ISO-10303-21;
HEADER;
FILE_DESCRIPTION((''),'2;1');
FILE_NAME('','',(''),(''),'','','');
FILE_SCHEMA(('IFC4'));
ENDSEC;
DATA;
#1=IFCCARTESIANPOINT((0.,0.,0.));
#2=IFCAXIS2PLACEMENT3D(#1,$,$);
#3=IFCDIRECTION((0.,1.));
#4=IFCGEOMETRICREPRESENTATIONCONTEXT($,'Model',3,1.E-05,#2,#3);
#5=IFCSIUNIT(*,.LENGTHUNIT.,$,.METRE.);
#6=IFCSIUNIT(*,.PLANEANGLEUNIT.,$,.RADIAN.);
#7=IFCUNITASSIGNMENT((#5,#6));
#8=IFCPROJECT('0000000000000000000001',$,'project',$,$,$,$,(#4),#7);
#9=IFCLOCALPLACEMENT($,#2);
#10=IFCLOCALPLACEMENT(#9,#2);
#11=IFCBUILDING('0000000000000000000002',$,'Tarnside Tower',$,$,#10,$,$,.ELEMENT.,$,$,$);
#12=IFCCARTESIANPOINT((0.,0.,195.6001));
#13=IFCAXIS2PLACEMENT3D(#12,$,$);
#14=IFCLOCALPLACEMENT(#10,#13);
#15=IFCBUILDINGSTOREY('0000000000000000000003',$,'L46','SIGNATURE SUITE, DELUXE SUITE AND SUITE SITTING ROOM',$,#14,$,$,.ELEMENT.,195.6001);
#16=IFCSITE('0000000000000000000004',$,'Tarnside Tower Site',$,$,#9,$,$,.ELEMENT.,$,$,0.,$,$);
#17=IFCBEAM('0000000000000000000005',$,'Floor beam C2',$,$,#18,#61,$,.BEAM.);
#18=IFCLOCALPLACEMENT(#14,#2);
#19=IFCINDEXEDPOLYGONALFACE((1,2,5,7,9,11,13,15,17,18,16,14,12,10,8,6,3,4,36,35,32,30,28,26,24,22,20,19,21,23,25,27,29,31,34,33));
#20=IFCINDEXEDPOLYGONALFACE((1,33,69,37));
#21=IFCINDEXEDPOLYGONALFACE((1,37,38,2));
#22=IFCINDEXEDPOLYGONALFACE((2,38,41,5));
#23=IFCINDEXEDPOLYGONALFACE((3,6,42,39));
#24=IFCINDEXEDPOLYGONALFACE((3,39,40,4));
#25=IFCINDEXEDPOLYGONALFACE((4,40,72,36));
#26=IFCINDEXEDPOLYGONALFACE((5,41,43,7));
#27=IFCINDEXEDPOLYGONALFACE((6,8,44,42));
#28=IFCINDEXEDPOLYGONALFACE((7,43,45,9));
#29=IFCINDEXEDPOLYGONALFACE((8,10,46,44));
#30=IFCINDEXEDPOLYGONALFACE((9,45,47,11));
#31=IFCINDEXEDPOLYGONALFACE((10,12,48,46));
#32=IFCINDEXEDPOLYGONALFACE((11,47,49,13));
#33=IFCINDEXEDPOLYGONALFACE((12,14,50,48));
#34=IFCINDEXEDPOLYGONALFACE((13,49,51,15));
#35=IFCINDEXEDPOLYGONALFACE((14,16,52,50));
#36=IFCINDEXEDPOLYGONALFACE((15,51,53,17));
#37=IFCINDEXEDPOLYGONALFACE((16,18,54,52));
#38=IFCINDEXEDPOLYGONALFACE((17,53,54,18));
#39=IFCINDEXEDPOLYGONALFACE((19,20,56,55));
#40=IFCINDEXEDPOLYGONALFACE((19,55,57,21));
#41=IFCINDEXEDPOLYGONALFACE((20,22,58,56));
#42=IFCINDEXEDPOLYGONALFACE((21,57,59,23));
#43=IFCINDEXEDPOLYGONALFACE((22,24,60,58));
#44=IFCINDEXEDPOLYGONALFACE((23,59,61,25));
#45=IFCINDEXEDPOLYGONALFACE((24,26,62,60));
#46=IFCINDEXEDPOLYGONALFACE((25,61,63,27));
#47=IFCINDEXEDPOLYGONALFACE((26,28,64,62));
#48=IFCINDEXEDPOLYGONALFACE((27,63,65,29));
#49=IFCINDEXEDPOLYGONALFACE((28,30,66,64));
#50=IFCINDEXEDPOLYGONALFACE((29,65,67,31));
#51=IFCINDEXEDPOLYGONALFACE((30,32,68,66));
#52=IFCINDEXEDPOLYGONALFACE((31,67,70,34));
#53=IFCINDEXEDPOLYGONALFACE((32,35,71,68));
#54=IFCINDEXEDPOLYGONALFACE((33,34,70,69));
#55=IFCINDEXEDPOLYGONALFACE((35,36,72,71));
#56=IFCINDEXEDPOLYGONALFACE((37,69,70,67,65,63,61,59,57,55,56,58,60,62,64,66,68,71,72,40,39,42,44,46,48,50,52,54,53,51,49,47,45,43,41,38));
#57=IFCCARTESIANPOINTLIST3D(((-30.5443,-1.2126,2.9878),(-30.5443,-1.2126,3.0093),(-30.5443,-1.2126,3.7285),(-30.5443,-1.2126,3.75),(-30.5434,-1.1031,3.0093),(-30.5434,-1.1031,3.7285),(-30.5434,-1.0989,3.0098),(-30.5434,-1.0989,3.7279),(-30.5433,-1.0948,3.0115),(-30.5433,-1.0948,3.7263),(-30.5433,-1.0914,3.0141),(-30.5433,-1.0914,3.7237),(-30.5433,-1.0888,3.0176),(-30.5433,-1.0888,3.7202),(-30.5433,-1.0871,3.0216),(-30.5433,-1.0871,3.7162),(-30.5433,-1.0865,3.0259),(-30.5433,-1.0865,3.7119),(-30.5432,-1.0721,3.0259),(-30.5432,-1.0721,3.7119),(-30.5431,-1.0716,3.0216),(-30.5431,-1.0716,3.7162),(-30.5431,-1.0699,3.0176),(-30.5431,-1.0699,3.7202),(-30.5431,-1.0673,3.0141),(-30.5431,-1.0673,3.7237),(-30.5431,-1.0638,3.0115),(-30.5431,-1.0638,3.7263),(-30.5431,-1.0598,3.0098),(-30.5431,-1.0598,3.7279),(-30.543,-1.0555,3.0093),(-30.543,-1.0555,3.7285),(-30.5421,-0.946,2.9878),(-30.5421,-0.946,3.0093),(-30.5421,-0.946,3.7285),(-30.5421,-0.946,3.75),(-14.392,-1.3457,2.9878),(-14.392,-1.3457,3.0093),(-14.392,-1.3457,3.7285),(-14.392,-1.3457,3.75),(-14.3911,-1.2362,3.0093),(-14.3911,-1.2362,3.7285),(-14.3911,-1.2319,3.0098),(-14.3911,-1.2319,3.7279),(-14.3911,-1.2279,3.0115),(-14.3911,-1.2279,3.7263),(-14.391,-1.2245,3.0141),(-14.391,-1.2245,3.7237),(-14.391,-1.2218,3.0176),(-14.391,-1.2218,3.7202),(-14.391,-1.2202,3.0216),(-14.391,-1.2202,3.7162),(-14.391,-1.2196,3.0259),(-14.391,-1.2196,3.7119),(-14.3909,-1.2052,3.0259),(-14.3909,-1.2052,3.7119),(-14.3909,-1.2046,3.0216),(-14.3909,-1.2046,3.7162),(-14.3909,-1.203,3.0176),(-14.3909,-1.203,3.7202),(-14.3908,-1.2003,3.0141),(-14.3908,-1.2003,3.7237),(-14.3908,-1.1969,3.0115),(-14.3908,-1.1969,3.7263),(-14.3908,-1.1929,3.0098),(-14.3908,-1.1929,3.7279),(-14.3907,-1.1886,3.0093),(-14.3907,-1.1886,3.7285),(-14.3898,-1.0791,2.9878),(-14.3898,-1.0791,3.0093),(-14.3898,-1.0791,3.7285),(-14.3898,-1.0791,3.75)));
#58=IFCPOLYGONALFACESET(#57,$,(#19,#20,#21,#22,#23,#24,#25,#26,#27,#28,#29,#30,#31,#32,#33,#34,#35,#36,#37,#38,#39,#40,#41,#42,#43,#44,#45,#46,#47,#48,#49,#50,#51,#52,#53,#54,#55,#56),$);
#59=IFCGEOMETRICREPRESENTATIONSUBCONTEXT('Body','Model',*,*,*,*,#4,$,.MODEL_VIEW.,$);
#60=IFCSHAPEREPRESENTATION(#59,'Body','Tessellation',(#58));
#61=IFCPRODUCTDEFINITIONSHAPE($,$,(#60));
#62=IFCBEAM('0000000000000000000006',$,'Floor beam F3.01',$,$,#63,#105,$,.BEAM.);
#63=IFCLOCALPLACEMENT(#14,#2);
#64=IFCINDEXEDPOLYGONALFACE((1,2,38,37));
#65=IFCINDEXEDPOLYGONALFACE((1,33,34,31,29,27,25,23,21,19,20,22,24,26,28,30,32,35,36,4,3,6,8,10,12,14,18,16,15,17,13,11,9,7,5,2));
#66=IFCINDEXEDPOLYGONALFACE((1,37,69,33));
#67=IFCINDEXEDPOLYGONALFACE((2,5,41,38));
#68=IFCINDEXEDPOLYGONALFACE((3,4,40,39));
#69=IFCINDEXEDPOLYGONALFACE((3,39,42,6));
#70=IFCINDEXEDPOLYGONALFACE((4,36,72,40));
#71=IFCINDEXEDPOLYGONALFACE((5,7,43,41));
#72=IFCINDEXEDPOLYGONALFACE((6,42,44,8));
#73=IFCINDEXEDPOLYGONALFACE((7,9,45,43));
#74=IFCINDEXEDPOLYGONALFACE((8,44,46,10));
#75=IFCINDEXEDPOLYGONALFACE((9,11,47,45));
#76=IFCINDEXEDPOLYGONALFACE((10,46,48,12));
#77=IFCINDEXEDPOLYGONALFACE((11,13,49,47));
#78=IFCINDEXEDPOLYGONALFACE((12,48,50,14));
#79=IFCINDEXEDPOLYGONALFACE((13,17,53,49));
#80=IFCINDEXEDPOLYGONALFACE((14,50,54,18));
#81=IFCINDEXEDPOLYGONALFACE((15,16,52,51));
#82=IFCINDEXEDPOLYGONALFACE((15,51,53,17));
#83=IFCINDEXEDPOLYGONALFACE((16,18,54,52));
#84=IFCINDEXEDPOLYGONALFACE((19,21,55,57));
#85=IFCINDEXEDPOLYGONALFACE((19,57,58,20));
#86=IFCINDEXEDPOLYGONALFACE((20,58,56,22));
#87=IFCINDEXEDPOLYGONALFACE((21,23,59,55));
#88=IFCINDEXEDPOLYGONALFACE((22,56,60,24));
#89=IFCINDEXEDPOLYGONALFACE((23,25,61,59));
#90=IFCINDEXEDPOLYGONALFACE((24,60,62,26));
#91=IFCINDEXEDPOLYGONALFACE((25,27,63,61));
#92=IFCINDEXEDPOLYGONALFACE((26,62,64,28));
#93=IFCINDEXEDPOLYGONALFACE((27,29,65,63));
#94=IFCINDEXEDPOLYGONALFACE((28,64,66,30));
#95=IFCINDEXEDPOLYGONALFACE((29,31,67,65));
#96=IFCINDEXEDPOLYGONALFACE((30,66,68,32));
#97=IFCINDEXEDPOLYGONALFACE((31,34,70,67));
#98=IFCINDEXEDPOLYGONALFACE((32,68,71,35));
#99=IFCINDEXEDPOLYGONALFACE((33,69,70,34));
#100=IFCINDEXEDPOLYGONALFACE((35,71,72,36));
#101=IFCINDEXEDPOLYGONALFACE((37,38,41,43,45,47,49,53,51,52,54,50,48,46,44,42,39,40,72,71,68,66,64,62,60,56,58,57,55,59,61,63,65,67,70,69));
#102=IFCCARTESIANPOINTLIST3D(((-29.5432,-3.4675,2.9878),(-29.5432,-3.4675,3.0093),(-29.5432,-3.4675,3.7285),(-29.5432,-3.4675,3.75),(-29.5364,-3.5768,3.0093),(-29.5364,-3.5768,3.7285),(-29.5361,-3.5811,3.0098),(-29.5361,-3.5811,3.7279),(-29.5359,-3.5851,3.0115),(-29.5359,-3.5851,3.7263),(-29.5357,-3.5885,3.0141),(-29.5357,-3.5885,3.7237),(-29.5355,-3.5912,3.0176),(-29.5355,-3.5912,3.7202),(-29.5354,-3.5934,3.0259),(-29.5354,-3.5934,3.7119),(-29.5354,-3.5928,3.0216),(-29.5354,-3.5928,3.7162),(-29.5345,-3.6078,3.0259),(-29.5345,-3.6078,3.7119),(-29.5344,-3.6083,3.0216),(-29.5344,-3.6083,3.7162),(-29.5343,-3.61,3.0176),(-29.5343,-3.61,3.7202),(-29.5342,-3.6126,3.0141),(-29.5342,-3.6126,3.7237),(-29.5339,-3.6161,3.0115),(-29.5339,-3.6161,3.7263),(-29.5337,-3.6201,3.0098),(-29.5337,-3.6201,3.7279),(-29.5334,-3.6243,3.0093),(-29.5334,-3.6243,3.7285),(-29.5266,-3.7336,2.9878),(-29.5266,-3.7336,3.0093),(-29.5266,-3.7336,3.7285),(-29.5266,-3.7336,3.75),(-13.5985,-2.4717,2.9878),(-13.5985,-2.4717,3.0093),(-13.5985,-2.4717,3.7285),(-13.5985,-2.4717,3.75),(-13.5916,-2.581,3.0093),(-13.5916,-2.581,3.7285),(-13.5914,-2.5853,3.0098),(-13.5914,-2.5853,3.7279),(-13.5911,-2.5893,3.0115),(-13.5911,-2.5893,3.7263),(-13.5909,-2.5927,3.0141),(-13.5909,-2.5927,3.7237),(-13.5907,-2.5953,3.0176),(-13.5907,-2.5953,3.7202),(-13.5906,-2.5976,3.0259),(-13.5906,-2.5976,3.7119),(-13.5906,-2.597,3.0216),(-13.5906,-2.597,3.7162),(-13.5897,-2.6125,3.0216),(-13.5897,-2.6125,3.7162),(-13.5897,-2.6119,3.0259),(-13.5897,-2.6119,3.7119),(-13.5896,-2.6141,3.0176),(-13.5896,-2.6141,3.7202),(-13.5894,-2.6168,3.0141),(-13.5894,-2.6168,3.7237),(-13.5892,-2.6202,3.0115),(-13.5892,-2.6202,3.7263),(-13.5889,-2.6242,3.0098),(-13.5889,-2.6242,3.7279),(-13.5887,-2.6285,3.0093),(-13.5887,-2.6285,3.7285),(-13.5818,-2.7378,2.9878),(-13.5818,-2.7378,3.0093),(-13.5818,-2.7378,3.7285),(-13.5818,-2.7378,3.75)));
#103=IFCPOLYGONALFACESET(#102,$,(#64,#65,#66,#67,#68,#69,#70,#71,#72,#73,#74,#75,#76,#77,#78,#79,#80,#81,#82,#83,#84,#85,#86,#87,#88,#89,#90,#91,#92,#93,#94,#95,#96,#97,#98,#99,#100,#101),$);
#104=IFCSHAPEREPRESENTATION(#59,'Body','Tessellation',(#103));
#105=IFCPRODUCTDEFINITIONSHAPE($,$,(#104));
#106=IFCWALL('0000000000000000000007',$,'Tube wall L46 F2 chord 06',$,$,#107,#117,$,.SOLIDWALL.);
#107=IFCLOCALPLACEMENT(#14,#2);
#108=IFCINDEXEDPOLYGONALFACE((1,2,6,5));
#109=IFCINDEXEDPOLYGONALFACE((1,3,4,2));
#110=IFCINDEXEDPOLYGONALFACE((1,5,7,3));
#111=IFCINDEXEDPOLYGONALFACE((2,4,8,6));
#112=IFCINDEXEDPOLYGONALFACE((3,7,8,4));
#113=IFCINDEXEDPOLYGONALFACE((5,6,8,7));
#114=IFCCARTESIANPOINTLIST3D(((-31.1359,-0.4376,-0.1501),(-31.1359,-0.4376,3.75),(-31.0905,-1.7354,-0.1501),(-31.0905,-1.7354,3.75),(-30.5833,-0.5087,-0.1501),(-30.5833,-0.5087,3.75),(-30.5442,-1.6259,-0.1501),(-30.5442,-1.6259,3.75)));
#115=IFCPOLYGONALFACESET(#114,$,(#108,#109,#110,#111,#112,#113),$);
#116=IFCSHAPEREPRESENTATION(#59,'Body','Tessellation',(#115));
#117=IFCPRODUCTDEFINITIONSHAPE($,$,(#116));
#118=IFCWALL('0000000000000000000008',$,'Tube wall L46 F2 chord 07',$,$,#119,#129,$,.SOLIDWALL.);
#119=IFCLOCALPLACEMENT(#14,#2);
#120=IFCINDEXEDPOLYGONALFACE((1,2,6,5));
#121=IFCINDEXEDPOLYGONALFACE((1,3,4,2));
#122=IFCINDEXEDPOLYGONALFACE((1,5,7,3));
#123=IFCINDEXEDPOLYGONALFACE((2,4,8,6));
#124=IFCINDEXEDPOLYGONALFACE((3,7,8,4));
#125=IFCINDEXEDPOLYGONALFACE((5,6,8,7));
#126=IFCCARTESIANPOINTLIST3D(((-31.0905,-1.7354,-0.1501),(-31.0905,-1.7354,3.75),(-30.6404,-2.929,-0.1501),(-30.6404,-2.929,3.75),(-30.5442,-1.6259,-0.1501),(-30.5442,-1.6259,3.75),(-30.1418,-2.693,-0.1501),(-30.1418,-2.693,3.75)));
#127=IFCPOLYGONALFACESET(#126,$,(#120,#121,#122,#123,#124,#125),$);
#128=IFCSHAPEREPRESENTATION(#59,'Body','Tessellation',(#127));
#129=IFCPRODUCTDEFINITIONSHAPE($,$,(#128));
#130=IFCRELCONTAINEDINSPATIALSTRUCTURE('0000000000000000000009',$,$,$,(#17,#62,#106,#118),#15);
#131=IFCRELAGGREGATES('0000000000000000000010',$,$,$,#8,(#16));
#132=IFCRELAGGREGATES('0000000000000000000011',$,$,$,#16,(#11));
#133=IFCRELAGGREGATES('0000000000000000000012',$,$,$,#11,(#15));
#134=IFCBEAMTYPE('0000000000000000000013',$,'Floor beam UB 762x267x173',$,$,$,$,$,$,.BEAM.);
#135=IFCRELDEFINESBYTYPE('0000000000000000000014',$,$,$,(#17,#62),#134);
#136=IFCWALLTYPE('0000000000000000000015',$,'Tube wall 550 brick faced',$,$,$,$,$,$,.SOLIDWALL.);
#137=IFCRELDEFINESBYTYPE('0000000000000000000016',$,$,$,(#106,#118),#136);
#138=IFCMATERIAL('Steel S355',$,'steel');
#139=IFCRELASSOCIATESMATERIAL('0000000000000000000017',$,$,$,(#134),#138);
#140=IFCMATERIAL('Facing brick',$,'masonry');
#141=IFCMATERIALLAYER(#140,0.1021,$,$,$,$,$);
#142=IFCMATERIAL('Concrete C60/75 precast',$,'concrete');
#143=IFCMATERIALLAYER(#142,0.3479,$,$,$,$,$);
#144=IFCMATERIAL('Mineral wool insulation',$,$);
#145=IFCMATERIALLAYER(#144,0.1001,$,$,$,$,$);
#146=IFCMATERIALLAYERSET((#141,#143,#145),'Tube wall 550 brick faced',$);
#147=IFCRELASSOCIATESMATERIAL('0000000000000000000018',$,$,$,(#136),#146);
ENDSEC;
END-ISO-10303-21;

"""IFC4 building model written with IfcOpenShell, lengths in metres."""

from ifc_helpers import new_model, si_unit, direction, frame, origin, origin_2d, place, context, subcontext, project, spatial, polyline, i_section, outline, extrude, material, layer, layer_set, material_profile, profile_set, type_object, element, save


model = new_model("IFC4")

# Units and contexts
model_context = context("Model", 3, precision=1e-05, world=origin(), true_north=direction((0.0, 1.0)))
body_context = subcontext(model_context, "Body", "Model", "MODEL_VIEW")
ifc_project = project(units=[si_unit("LENGTHUNIT", "METRE"), si_unit("PLANEANGLEUNIT", "RADIAN")], contexts=[model_context])

# Site, building, storey
site_placement = place(None, origin())
site = spatial("IfcSite", under=ifc_project, at=site_placement, Name="Tarnside Tower Site", CompositionType="ELEMENT", RefElevation=0.0)
building_placement = place(site_placement, origin())
building = spatial("IfcBuilding", under=site, at=building_placement, Name="Tarnside Tower", CompositionType="ELEMENT")
storey_placement = place(building_placement, frame((0.0, 0.0, 195.6001)))
storey = spatial("IfcBuildingStorey", under=building, at=storey_placement, Name="L46", Description="SIGNATURE SUITE, DELUXE SUITE AND SUITE SITTING ROOM", CompositionType="ELEMENT", Elevation=195.6001)

# Beams
ifc_material_1 = material(Name="Steel S355", Category="steel")
ifc_material_profile = material_profile(ifc_material_1, i_section(OverallWidth=0.2666, OverallDepth=0.7622, WebThickness=0.0144, FlangeThickness=0.0215, FilletRadius=0.0166, at=origin_2d()), Name="UB 762x267x173")
ifc_profile_set = profile_set([ifc_material_profile], Name="Steel S355")
beam_type = type_object("IfcBeamType", Name="Floor beam UB 762x267x173", PredefinedType="BEAM", material=ifc_profile_set)
beam_1_placement = place(storey_placement, frame((-30.5432, -1.0793, 3.3689), z_axis=(0.999966, -0.008237, 0.0), x_axis=(0.008237, 0.999966, 0.0)))
element("IfcBeam", 1, at=beam_1_placement, inside=storey, type_object=beam_type, Name="Floor beam C2", PredefinedType="BEAM", context=body_context, shape_type="SweptSolid", body=[
    extrude(i_section(OverallWidth=0.2666, OverallDepth=0.7622, WebThickness=0.0144, FlangeThickness=0.0215, FilletRadius=0.0166, at=origin_2d()), origin(), (0.0, 0.0, 1.0), 16.1528),
])
beam_2_placement = place(storey_placement, frame((-29.5349, -3.6006, 3.3689), z_axis=(0.998055, 0.062335, 0.0), x_axis=(-0.062335, 0.998055, 0.0)))
element("IfcBeam", 2, at=beam_2_placement, inside=storey, type_object=beam_type, Name="Floor beam F3.01", PredefinedType="BEAM", context=body_context, shape_type="SweptSolid", body=[
    extrude(i_section(OverallWidth=0.2666, OverallDepth=0.7622, WebThickness=0.0144, FlangeThickness=0.0215, FilletRadius=0.0166, at=origin_2d()), origin(), (0.0, 0.0, 1.0), 15.9758),
])

# Walls
ifc_material_2 = material(Name="Facing brick", Category="masonry")
ifc_layer_1 = layer(ifc_material_2, 0.1021)
ifc_material_3 = material(Name="Concrete C60/75 precast", Category="concrete")
ifc_layer_2 = layer(ifc_material_3, 0.3479)
ifc_material_4 = material(Name="Mineral wool insulation")
ifc_layer_3 = layer(ifc_material_4, 0.1001)
ifc_layer_set_1 = layer_set([ifc_layer_1, ifc_layer_2, ifc_layer_3], Name="Tube wall 550 brick faced")
wall_type = type_object("IfcWallType", Name="Tube wall 550 brick faced", PredefinedType="SOLIDWALL", material=ifc_layer_set_1)
wall_1_placement = place(storey_placement, frame((-30.8596, -0.4731, -0.1501), z_axis=(0.0, 0.0, 1.0), x_axis=(0.034956, -0.999389, 0.0)))
element("IfcWall", 3, at=wall_1_placement, inside=storey, type_object=wall_type, Name="Tube wall L46 F2 chord 06", PredefinedType="SOLIDWALL", context=body_context, shape_type="SweptSolid", body=[
    extrude(outline(polyline([(-0.0452, -0.2749), (1.2534, -0.2749), (1.1631, 0.2749), (0.0452, 0.2749), (-0.0452, -0.2749)])), origin(), (0.0, 0.0, 1.0), 3.9001),
])
wall_2_placement = place(storey_placement, frame((-30.8174, -1.6807, -0.1501), z_axis=(0.0, 0.0, 1.0), x_axis=(0.35285, -0.93568, 0.0)))
element("IfcWall", 4, at=wall_2_placement, inside=storey, type_object=wall_type, Name="Tube wall L46 F2 chord 07", PredefinedType="SOLIDWALL", context=body_context, shape_type="SweptSolid", body=[
    extrude(outline(polyline([(-0.0452, -0.2749), (1.2305, -0.2749), (1.1855, 0.2749), (0.0452, 0.2749), (-0.0452, -0.2749)])), origin(), (0.0, 0.0, 1.0), 3.9001),
])

save(model, "model.ifc")
